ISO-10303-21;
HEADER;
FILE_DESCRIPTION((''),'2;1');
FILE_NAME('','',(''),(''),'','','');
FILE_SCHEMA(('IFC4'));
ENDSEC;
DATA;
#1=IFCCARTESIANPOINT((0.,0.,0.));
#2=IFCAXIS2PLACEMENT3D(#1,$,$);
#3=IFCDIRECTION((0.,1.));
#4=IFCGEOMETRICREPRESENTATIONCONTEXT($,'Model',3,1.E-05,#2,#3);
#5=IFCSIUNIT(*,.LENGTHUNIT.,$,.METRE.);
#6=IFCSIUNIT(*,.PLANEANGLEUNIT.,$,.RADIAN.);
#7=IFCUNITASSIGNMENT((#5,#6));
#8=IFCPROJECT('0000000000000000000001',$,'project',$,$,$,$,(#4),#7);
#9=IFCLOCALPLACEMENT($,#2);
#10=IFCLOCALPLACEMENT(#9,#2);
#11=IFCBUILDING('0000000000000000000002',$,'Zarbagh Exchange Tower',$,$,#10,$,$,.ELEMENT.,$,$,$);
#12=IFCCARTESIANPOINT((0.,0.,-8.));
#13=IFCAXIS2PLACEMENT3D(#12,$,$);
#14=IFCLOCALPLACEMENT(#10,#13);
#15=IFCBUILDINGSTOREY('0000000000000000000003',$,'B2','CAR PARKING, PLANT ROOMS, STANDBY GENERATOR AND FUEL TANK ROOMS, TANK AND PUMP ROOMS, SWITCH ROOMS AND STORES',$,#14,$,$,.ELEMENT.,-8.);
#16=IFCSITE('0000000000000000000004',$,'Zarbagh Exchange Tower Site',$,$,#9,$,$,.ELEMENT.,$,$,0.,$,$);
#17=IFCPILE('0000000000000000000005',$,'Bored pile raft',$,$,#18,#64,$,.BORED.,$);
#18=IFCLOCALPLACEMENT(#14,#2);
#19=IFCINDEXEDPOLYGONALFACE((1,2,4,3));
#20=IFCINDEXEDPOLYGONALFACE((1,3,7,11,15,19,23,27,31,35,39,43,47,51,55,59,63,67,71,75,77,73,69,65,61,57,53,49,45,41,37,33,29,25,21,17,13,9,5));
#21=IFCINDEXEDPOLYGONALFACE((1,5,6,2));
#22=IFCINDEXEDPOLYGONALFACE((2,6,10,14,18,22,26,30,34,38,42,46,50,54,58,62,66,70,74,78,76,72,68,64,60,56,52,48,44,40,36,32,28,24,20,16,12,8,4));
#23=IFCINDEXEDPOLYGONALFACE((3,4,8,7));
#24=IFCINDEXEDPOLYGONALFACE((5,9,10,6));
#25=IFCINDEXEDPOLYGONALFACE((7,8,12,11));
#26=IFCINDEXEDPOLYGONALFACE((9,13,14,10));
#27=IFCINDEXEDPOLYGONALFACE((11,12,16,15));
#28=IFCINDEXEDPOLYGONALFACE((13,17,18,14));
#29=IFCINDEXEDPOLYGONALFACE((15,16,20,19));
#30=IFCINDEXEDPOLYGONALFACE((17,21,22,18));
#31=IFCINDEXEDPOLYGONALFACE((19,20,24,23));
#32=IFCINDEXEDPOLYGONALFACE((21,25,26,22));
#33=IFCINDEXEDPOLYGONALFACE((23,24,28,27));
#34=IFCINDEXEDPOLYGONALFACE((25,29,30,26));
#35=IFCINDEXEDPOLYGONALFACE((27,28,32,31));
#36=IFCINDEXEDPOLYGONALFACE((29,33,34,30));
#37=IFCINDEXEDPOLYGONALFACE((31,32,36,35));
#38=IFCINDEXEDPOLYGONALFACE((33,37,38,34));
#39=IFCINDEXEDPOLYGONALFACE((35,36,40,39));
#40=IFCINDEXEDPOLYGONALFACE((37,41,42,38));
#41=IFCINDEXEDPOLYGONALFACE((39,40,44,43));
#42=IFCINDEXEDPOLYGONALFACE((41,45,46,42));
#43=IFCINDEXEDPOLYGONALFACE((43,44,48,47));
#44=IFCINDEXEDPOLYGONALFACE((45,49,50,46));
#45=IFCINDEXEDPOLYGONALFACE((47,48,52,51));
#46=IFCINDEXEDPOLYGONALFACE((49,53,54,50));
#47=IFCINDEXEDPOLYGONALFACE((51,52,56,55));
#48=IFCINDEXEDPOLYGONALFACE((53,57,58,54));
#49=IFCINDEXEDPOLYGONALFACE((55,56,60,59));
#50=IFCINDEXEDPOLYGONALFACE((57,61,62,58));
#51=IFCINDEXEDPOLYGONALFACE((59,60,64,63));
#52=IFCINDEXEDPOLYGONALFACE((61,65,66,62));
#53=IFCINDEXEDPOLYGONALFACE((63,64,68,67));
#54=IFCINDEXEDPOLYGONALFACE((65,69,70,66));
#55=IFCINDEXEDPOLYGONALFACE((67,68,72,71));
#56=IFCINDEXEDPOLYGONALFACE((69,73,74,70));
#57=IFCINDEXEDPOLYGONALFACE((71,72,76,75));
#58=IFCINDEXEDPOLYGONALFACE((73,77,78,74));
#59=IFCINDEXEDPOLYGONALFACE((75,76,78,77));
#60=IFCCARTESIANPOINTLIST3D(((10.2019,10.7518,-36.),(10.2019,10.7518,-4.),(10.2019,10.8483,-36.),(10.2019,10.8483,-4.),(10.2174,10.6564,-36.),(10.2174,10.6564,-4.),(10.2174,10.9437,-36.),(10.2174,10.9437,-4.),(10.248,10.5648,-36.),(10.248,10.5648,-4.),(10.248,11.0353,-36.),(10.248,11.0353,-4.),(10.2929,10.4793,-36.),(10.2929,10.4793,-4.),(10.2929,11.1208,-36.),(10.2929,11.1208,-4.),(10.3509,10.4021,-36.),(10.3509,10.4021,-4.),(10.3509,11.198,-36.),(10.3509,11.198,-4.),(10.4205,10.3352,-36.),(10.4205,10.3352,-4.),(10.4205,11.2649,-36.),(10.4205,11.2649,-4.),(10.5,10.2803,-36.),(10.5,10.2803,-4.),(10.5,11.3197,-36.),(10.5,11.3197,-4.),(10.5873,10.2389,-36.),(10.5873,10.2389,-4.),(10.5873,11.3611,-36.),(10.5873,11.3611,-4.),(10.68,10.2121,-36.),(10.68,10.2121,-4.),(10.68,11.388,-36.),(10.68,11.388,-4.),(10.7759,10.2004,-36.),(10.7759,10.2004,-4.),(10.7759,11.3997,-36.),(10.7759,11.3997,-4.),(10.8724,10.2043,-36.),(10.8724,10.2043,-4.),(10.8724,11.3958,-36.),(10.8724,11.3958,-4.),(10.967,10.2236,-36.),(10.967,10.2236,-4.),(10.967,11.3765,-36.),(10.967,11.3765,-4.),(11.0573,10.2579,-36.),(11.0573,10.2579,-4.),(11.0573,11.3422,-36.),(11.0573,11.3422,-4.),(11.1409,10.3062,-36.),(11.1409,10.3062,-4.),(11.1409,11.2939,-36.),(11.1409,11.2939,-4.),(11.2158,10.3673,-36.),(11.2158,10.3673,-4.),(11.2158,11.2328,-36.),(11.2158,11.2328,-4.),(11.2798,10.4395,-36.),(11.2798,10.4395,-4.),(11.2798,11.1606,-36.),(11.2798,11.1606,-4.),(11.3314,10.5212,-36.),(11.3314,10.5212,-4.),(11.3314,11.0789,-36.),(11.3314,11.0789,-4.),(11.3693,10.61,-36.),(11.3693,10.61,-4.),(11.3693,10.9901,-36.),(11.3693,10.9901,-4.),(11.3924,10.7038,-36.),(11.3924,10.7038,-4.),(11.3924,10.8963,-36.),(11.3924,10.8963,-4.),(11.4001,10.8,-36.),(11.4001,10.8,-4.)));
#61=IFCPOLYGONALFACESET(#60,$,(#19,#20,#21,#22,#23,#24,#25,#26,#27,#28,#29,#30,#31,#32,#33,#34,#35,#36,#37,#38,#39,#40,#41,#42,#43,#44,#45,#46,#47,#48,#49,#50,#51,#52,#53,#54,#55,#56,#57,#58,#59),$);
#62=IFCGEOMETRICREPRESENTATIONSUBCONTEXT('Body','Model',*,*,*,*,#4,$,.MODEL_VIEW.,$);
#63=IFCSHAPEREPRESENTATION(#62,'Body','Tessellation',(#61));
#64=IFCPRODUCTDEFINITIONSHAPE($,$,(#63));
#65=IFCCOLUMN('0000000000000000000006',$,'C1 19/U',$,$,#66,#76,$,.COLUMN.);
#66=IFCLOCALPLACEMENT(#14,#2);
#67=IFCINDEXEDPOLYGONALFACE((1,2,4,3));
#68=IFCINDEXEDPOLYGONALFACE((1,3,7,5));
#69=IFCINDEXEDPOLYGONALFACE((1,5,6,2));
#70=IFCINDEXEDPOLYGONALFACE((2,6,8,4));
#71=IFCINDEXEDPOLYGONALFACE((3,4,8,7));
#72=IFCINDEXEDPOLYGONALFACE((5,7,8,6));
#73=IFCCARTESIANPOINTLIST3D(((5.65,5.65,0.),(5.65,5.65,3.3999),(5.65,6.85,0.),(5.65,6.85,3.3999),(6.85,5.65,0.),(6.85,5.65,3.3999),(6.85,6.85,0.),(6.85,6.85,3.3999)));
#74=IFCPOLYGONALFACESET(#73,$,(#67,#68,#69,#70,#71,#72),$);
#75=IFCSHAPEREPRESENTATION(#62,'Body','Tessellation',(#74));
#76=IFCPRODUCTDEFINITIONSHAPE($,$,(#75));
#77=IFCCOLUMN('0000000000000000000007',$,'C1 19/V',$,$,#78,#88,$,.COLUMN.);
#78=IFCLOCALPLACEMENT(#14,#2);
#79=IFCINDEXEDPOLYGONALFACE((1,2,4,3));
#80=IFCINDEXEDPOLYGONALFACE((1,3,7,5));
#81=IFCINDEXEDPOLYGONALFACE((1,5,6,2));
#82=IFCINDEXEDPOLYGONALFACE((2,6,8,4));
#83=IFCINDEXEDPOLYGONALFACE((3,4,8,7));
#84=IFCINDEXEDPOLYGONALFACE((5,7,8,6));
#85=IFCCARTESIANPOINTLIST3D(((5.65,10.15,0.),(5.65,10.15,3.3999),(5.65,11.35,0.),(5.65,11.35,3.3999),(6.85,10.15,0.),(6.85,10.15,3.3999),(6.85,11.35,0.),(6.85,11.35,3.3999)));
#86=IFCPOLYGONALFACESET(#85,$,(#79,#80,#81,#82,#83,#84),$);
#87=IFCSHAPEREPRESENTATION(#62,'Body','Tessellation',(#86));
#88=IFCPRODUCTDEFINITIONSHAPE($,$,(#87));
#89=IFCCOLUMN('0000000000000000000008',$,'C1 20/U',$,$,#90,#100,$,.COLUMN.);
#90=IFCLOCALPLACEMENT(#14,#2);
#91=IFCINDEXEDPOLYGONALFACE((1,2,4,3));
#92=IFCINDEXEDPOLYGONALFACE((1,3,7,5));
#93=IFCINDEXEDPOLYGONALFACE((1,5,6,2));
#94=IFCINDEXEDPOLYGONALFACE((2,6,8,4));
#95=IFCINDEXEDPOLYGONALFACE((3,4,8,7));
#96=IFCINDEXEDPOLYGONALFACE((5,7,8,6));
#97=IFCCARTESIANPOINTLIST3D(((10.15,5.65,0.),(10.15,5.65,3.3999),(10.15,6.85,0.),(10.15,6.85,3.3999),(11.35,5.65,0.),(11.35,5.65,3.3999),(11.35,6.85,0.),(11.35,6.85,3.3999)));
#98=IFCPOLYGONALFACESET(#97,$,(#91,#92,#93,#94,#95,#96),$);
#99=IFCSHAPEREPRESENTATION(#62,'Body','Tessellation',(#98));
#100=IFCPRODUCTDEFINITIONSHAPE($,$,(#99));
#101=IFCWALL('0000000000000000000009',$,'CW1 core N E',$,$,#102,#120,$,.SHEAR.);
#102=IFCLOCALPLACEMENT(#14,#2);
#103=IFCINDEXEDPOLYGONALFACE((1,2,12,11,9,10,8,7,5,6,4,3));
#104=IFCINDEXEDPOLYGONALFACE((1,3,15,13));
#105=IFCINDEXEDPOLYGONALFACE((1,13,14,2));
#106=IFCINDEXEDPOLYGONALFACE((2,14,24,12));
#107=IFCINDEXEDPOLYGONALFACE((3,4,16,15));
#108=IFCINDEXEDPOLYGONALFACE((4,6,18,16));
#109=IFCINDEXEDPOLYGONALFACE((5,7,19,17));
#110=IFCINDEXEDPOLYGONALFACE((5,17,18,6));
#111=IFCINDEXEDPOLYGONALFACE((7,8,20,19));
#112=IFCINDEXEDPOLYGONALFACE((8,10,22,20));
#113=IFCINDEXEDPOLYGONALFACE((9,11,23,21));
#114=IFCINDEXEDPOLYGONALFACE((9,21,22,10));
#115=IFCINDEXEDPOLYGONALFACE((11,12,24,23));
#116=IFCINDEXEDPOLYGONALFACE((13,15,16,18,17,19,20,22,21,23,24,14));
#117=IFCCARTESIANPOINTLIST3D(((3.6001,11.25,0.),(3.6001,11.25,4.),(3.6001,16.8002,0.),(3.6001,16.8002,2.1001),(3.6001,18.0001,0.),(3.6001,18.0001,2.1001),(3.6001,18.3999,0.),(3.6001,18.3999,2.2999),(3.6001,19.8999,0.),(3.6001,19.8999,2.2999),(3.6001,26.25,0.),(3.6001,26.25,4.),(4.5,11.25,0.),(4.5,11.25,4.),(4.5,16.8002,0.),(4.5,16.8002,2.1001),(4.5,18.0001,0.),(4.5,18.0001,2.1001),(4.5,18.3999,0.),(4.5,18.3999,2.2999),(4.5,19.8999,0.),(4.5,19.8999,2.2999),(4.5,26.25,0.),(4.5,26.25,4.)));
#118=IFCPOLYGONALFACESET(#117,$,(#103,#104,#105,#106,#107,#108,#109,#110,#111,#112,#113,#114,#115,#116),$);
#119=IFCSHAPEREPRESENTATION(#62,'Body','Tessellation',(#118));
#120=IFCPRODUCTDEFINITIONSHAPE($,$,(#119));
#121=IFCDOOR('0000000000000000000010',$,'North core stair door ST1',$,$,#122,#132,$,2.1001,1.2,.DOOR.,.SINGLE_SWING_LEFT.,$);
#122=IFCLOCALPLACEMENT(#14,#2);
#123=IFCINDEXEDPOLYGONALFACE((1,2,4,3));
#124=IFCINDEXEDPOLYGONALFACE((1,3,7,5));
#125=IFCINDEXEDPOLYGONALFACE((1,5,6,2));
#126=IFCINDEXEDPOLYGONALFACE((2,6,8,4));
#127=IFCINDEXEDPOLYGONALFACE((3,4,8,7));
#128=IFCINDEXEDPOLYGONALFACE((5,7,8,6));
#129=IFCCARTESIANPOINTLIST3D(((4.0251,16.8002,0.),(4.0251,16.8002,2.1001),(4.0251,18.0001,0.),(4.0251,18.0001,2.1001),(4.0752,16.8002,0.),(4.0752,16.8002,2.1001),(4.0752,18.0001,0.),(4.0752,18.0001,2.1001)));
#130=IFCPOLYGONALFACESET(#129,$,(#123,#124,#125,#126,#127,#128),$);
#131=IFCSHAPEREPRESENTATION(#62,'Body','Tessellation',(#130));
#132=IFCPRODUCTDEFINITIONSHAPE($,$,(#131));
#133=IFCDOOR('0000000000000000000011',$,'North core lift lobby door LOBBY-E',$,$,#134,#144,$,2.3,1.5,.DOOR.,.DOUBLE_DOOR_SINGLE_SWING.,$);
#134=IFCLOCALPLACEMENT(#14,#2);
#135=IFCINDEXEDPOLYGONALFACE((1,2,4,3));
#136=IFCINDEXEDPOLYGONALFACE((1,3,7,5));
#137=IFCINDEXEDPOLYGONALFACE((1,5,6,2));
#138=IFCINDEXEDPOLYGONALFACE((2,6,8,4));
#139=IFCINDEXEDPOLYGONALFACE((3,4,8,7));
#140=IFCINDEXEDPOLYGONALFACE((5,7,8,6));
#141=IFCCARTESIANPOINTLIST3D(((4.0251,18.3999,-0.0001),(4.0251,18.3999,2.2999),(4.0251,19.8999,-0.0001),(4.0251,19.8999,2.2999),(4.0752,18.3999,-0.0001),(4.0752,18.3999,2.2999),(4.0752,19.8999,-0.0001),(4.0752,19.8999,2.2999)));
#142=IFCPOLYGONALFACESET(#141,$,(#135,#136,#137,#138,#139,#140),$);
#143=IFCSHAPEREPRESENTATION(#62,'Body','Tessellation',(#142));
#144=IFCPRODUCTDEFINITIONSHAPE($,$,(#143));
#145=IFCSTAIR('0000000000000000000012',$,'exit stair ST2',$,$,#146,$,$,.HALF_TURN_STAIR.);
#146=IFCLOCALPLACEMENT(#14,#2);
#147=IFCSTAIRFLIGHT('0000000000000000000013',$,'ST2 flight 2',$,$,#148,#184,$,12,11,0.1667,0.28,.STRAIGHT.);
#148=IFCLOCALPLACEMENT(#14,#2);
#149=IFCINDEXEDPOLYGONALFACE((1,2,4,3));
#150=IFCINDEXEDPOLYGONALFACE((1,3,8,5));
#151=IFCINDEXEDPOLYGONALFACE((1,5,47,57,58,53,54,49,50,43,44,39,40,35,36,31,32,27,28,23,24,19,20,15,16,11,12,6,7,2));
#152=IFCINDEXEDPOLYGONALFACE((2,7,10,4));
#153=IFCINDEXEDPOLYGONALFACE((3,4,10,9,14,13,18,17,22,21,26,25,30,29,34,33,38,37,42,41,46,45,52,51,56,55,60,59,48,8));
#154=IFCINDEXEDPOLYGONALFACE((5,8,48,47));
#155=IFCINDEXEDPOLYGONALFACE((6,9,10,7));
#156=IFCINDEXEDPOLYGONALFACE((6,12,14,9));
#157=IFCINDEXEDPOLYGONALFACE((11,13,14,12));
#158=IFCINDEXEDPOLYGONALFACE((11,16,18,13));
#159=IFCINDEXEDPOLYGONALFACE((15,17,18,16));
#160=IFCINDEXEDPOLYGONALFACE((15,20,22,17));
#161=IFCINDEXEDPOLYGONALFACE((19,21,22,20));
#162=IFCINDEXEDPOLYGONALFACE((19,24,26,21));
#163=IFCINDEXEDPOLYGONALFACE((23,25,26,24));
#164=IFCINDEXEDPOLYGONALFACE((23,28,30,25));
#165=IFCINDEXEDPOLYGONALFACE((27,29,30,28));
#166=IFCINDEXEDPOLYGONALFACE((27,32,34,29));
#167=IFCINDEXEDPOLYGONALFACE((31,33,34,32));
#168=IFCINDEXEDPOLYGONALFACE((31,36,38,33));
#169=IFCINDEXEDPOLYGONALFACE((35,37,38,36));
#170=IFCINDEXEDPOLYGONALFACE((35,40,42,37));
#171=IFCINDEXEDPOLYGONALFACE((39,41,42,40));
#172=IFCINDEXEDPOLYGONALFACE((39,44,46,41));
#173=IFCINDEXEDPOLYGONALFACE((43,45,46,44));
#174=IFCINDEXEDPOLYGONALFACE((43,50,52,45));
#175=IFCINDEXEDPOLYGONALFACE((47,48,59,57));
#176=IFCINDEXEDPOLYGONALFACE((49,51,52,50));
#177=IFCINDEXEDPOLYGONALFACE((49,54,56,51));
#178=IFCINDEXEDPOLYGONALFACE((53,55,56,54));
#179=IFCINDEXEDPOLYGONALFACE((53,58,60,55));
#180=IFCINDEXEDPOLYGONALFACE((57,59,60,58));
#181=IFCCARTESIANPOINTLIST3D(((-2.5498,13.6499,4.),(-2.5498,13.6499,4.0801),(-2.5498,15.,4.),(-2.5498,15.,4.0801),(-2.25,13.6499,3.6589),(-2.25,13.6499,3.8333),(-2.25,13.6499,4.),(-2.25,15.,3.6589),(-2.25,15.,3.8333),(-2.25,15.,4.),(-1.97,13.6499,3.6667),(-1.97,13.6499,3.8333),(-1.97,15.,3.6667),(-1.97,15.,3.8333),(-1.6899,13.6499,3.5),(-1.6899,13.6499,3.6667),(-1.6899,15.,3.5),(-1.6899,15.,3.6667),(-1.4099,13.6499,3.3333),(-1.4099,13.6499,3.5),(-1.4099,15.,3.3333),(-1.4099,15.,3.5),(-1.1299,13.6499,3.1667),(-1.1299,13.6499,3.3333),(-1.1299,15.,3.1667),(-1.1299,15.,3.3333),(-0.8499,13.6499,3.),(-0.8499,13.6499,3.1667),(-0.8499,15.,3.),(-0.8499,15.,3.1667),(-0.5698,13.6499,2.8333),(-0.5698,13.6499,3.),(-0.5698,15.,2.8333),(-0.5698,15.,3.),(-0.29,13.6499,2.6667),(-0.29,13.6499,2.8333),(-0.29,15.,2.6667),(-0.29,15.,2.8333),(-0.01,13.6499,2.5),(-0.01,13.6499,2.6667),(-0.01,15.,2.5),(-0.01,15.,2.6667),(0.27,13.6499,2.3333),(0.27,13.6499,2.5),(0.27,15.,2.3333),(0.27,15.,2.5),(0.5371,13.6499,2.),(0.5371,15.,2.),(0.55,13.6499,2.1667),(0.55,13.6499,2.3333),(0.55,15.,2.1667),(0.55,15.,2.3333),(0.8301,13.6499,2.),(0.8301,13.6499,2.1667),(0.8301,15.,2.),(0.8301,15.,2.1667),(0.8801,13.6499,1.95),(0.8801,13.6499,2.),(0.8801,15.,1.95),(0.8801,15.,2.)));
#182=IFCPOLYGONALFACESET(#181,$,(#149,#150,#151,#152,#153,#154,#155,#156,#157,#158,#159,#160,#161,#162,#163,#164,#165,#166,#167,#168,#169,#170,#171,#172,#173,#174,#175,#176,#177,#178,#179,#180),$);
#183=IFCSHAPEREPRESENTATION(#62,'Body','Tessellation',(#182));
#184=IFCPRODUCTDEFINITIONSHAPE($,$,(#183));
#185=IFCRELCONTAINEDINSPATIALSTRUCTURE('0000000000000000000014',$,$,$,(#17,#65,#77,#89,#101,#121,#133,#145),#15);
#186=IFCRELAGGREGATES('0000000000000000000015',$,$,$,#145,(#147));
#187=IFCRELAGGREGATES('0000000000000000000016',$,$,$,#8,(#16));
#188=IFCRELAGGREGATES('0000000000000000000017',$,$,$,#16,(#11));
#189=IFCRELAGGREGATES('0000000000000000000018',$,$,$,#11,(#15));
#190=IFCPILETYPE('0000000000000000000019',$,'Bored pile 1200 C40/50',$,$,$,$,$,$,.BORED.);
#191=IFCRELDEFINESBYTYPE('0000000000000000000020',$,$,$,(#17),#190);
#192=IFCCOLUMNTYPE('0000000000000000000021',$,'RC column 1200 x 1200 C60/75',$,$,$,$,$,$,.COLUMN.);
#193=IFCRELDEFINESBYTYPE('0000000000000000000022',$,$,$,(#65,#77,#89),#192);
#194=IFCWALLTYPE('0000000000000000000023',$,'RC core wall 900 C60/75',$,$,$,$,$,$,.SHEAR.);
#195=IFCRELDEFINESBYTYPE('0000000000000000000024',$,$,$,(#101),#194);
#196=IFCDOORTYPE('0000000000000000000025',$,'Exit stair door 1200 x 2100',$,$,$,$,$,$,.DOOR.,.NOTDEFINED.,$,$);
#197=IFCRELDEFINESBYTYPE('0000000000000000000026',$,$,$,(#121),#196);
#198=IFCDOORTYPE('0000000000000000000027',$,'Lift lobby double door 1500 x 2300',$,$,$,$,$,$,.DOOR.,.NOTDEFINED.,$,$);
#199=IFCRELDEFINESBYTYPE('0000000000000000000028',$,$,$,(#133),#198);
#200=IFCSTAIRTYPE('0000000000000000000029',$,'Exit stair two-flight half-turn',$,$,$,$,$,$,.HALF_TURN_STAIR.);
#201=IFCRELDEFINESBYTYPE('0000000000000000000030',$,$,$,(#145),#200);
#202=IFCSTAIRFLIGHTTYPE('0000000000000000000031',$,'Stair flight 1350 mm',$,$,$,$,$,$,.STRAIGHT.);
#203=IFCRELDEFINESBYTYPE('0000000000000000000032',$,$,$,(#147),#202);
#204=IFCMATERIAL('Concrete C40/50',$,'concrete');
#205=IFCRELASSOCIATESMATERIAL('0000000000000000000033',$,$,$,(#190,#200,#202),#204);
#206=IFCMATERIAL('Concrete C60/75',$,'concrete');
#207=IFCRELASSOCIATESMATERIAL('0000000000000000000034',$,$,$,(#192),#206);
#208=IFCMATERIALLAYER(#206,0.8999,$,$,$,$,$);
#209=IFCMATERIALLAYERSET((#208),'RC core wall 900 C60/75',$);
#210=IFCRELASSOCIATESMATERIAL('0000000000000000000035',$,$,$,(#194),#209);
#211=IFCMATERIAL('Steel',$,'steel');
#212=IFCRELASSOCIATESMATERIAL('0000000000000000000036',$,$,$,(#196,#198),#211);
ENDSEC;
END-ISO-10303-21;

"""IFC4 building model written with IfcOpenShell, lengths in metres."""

from ifc_helpers import new_model, si_unit, direction, frame, frame_2d, origin, origin_2d, place, context, subcontext, project, spatial, polyline, rectangle, circle, outline, extrude, material, layer, layer_set, material_profile, profile_set, type_object, element, fill, aggregate, save


model = new_model("IFC4")

# Units and contexts
model_context = context("Model", 3, precision=1e-05, world=origin(), true_north=direction((0.0, 1.0)))
body_context = subcontext(model_context, "Body", "Model", "MODEL_VIEW")
ifc_project = project(units=[si_unit("LENGTHUNIT", "METRE"), si_unit("PLANEANGLEUNIT", "RADIAN")], contexts=[model_context])

# Site, building, storey
site_placement = place(None, origin())
site = spatial("IfcSite", under=ifc_project, at=site_placement, Name="Zarbagh Exchange Tower Site", CompositionType="ELEMENT", RefElevation=0.0)
building_placement = place(site_placement, origin())
building = spatial("IfcBuilding", under=site, at=building_placement, Name="Zarbagh Exchange Tower", CompositionType="ELEMENT")
storey_placement = place(building_placement, frame((0.0, 0.0, -8.0)))
storey = spatial("IfcBuildingStorey", under=building, at=storey_placement, Name="B2", Description="CAR PARKING, PLANT ROOMS, STANDBY GENERATOR AND FUEL TANK ROOMS, TANK AND PUMP ROOMS, SWITCH ROOMS AND STORES", CompositionType="ELEMENT", Elevation=-8.0)

# Pile
ifc_material_1 = material(Name="Concrete C40/50", Category="concrete")
ifc_material_profile_1 = material_profile(ifc_material_1, circle(Radius=0.6001, at=origin_2d()), Name="Bored pile 1200 C40/50")
ifc_profile_set_1 = profile_set([ifc_material_profile_1], Name="Concrete C40/50")
pile_type = type_object("IfcPileType", Name="Bored pile 1200 C40/50", PredefinedType="BORED", material=ifc_profile_set_1)
for number, where, z_axis, x_axis, name in (
    (1, (10.8, 10.8, -4.0), (0.0, 0.0, -1.0), (1.0, 0.0, 0.0), "Bored pile raft"),
):
    element("IfcPile", number, at=place(storey_placement, frame(where, z_axis=z_axis, x_axis=x_axis)), inside=storey, type_object=pile_type, Name=name, PredefinedType="BORED", context=body_context, shape_type="SweptSolid", body=[
        extrude(circle(Radius=0.6001, at=origin_2d()), origin(), (0.0, 0.0, 1.0), 32.0),
    ])

# Columns
ifc_material_2 = material(Name="Concrete C60/75", Category="concrete")
ifc_material_profile_2 = material_profile(ifc_material_2, rectangle(XDim=1.2, YDim=1.2, at=origin_2d()), Name="RC column 1200 x 1200 C60/75")
ifc_profile_set_2 = profile_set([ifc_material_profile_2], Name="Concrete C60/75")
column_type = type_object("IfcColumnType", Name="RC column 1200 x 1200 C60/75", PredefinedType="COLUMN", material=ifc_profile_set_2)
for number, where, z_axis, x_axis, name in (
    (2, (6.25, 6.25, 0.0), (0.0, 0.0, 1.0), (1.0, 0.0, 0.0), "C1 19/U"),
    (3, (6.25, 10.75, 0.0), (0.0, 0.0, 1.0), (1.0, 0.0, 0.0), "C1 19/V"),
    (4, (10.75, 6.25, 0.0), (0.0, 0.0, 1.0), (1.0, 0.0, 0.0), "C1 20/U"),
):
    element("IfcColumn", number, at=place(storey_placement, frame(where, z_axis=z_axis, x_axis=x_axis)), inside=storey, type_object=column_type, Name=name, PredefinedType="COLUMN", context=body_context, shape_type="SweptSolid", body=[
        extrude(rectangle(XDim=1.2, YDim=1.2, at=origin_2d()), origin(), (0.0, 0.0, 1.0), 3.3999),
    ])

# Wall, openings, doors
ifc_layer = layer(ifc_material_2, 0.8999)
ifc_layer_set = layer_set([ifc_layer], Name="RC core wall 900 C60/75")
wall_type = type_object("IfcWallType", Name="RC core wall 900 C60/75", PredefinedType="SHEAR", material=ifc_layer_set)
wall_placement = place(storey_placement, frame((4.05, 11.25, 0.0), z_axis=(0.0, 0.0, 1.0), x_axis=(0.0, 1.0, 0.0)))
wall = element("IfcWall", 5, at=wall_placement, inside=storey, type_object=wall_type, Name="CW1 core N E", PredefinedType="SHEAR", context=body_context, shape_type="SweptSolid", body=[
    extrude(rectangle(XDim=15.0, YDim=0.8999, at=frame_2d((7.5, 0.0))), origin(), (0.0, 0.0, 1.0), 4.0),
])
opening_1_placement = place(wall_placement, frame((7.1499, 0.0, 0.0)))
opening_1 = element("IfcOpeningElement", 6, at=opening_1_placement, cuts=wall, PredefinedType="OPENING", context=body_context, shape_type="SweptSolid", body=[
    extrude(rectangle(XDim=1.5, YDim=2.3, at=frame_2d((0.75, 1.1499))), frame((0.0, 0.46, 0.0), z_axis=(0.0, -1.0, 0.0), x_axis=(1.0, 0.0, 0.0)), (0.0, 0.0, 1.0), 0.9199),
])
opening_2_placement = place(wall_placement, frame((5.55, 0.0, 0.0)))
opening_2 = element("IfcOpeningElement", 7, at=opening_2_placement, cuts=wall, PredefinedType="OPENING", context=body_context, shape_type="SweptSolid", body=[
    extrude(rectangle(XDim=1.2, YDim=2.1001, at=frame_2d((0.6001, 1.05))), frame((0.0, 0.46, 0.0), z_axis=(0.0, -1.0, 0.0), x_axis=(1.0, 0.0, 0.0)), (0.0, 0.0, 1.0), 0.9199),
])
ifc_material_3 = material(Name="Steel", Category="steel")
door_type_1 = type_object("IfcDoorType", Name="Exit stair door 1200 x 2100", OperationType="NOTDEFINED", PredefinedType="DOOR", material=ifc_material_3)
door_1_placement = place(opening_2_placement, origin())
door_1 = element("IfcDoor", 8, at=door_1_placement, inside=storey, type_object=door_type_1, Name="North core stair door ST1", OperationType="SINGLE_SWING_LEFT", OverallHeight=2.1001, OverallWidth=1.2, PredefinedType="DOOR", context=body_context, shape_type="SweptSolid", body=[
    extrude(rectangle(XDim=1.2, YDim=2.1001, at=frame_2d((0.6001, 1.05))), frame((0.0, 0.0249, 0.0), z_axis=(0.0, -1.0, 0.0), x_axis=(1.0, 0.0, 0.0)), (0.0, 0.0, 1.0), 0.05),
])
fill(opening_2, door_1)
door_type_2 = type_object("IfcDoorType", Name="Lift lobby double door 1500 x 2300", OperationType="NOTDEFINED", PredefinedType="DOOR", material=ifc_material_3)
door_2_placement = place(opening_1_placement, origin())
door_2 = element("IfcDoor", 9, at=door_2_placement, inside=storey, type_object=door_type_2, Name="North core lift lobby door LOBBY-E", OperationType="DOUBLE_DOOR_SINGLE_SWING", OverallHeight=2.3, OverallWidth=1.5, PredefinedType="DOOR", context=body_context, shape_type="SweptSolid", body=[
    extrude(rectangle(XDim=1.5, YDim=2.3, at=frame_2d((0.75, 1.1499))), frame((0.0, 0.0249, 0.0), z_axis=(0.0, -1.0, 0.0), x_axis=(1.0, 0.0, 0.0)), (0.0, 0.0, 1.0), 0.05),
])
fill(opening_1, door_2)

# Stair, stair flight
stair_type = type_object("IfcStairType", Name="Exit stair two-flight half-turn", PredefinedType="HALF_TURN_STAIR", material=ifc_material_1)
stair_placement = place(storey_placement, origin())
stair = element("IfcStair", 10, at=stair_placement, inside=storey, type_object=stair_type, Name="exit stair ST2", PredefinedType="HALF_TURN_STAIR")
stair_flight_type = type_object("IfcStairFlightType", Name="Stair flight 1350 mm", PredefinedType="STRAIGHT", material=ifc_material_1)
stair_flight_placement = place(storey_placement, frame((0.8301, 14.325, 2.0), z_axis=(0.0, 0.0, 1.0), x_axis=(-1.0, 0.0, 0.0)))
stair_flight = element("IfcStairFlight", 11, at=stair_flight_placement, type_object=stair_flight_type, Name="ST2 flight 2", NumberOfRisers=12, NumberOfTreads=11, PredefinedType="STRAIGHT", RiserHeight=0.1667, TreadLength=0.28, context=body_context, shape_type="SweptSolid", body=[
    extrude(outline(polyline([(-0.05, -0.05), (-0.05, 0.0), (0.0, 0.0), (0.0, 0.1667), (0.28, 0.1667), (0.28, 0.3333), (0.5601, 0.3333), (0.5601, 0.5), (0.8401, 0.5), (0.8401, 0.6667), (1.1201, 0.6667), (1.1201, 0.8333), (1.3999, 0.8333), (1.3999, 1.0), (1.6799, 1.0), (1.6799, 1.1667), (1.96, 1.1667), (1.96, 1.3333), (2.24, 1.3333), (2.24, 1.5), (2.52, 1.5), (2.52, 1.6667), (2.8, 1.6667), (2.8, 1.8333), (3.0801, 1.8333), (3.0801, 2.0), (3.3799, 2.0801), (3.3799, 2.0), (3.0801, 1.6589), (0.293, 0.0), (-0.05, -0.05)])), frame((0.0, 0.675, 0.0), z_axis=(0.0, -1.0, 0.0), x_axis=(1.0, 0.0, 0.0)), (0.0, 0.0, 1.0), 1.3501),
])
aggregate(stair, [stair_flight])

save(model, "model.ifc")
